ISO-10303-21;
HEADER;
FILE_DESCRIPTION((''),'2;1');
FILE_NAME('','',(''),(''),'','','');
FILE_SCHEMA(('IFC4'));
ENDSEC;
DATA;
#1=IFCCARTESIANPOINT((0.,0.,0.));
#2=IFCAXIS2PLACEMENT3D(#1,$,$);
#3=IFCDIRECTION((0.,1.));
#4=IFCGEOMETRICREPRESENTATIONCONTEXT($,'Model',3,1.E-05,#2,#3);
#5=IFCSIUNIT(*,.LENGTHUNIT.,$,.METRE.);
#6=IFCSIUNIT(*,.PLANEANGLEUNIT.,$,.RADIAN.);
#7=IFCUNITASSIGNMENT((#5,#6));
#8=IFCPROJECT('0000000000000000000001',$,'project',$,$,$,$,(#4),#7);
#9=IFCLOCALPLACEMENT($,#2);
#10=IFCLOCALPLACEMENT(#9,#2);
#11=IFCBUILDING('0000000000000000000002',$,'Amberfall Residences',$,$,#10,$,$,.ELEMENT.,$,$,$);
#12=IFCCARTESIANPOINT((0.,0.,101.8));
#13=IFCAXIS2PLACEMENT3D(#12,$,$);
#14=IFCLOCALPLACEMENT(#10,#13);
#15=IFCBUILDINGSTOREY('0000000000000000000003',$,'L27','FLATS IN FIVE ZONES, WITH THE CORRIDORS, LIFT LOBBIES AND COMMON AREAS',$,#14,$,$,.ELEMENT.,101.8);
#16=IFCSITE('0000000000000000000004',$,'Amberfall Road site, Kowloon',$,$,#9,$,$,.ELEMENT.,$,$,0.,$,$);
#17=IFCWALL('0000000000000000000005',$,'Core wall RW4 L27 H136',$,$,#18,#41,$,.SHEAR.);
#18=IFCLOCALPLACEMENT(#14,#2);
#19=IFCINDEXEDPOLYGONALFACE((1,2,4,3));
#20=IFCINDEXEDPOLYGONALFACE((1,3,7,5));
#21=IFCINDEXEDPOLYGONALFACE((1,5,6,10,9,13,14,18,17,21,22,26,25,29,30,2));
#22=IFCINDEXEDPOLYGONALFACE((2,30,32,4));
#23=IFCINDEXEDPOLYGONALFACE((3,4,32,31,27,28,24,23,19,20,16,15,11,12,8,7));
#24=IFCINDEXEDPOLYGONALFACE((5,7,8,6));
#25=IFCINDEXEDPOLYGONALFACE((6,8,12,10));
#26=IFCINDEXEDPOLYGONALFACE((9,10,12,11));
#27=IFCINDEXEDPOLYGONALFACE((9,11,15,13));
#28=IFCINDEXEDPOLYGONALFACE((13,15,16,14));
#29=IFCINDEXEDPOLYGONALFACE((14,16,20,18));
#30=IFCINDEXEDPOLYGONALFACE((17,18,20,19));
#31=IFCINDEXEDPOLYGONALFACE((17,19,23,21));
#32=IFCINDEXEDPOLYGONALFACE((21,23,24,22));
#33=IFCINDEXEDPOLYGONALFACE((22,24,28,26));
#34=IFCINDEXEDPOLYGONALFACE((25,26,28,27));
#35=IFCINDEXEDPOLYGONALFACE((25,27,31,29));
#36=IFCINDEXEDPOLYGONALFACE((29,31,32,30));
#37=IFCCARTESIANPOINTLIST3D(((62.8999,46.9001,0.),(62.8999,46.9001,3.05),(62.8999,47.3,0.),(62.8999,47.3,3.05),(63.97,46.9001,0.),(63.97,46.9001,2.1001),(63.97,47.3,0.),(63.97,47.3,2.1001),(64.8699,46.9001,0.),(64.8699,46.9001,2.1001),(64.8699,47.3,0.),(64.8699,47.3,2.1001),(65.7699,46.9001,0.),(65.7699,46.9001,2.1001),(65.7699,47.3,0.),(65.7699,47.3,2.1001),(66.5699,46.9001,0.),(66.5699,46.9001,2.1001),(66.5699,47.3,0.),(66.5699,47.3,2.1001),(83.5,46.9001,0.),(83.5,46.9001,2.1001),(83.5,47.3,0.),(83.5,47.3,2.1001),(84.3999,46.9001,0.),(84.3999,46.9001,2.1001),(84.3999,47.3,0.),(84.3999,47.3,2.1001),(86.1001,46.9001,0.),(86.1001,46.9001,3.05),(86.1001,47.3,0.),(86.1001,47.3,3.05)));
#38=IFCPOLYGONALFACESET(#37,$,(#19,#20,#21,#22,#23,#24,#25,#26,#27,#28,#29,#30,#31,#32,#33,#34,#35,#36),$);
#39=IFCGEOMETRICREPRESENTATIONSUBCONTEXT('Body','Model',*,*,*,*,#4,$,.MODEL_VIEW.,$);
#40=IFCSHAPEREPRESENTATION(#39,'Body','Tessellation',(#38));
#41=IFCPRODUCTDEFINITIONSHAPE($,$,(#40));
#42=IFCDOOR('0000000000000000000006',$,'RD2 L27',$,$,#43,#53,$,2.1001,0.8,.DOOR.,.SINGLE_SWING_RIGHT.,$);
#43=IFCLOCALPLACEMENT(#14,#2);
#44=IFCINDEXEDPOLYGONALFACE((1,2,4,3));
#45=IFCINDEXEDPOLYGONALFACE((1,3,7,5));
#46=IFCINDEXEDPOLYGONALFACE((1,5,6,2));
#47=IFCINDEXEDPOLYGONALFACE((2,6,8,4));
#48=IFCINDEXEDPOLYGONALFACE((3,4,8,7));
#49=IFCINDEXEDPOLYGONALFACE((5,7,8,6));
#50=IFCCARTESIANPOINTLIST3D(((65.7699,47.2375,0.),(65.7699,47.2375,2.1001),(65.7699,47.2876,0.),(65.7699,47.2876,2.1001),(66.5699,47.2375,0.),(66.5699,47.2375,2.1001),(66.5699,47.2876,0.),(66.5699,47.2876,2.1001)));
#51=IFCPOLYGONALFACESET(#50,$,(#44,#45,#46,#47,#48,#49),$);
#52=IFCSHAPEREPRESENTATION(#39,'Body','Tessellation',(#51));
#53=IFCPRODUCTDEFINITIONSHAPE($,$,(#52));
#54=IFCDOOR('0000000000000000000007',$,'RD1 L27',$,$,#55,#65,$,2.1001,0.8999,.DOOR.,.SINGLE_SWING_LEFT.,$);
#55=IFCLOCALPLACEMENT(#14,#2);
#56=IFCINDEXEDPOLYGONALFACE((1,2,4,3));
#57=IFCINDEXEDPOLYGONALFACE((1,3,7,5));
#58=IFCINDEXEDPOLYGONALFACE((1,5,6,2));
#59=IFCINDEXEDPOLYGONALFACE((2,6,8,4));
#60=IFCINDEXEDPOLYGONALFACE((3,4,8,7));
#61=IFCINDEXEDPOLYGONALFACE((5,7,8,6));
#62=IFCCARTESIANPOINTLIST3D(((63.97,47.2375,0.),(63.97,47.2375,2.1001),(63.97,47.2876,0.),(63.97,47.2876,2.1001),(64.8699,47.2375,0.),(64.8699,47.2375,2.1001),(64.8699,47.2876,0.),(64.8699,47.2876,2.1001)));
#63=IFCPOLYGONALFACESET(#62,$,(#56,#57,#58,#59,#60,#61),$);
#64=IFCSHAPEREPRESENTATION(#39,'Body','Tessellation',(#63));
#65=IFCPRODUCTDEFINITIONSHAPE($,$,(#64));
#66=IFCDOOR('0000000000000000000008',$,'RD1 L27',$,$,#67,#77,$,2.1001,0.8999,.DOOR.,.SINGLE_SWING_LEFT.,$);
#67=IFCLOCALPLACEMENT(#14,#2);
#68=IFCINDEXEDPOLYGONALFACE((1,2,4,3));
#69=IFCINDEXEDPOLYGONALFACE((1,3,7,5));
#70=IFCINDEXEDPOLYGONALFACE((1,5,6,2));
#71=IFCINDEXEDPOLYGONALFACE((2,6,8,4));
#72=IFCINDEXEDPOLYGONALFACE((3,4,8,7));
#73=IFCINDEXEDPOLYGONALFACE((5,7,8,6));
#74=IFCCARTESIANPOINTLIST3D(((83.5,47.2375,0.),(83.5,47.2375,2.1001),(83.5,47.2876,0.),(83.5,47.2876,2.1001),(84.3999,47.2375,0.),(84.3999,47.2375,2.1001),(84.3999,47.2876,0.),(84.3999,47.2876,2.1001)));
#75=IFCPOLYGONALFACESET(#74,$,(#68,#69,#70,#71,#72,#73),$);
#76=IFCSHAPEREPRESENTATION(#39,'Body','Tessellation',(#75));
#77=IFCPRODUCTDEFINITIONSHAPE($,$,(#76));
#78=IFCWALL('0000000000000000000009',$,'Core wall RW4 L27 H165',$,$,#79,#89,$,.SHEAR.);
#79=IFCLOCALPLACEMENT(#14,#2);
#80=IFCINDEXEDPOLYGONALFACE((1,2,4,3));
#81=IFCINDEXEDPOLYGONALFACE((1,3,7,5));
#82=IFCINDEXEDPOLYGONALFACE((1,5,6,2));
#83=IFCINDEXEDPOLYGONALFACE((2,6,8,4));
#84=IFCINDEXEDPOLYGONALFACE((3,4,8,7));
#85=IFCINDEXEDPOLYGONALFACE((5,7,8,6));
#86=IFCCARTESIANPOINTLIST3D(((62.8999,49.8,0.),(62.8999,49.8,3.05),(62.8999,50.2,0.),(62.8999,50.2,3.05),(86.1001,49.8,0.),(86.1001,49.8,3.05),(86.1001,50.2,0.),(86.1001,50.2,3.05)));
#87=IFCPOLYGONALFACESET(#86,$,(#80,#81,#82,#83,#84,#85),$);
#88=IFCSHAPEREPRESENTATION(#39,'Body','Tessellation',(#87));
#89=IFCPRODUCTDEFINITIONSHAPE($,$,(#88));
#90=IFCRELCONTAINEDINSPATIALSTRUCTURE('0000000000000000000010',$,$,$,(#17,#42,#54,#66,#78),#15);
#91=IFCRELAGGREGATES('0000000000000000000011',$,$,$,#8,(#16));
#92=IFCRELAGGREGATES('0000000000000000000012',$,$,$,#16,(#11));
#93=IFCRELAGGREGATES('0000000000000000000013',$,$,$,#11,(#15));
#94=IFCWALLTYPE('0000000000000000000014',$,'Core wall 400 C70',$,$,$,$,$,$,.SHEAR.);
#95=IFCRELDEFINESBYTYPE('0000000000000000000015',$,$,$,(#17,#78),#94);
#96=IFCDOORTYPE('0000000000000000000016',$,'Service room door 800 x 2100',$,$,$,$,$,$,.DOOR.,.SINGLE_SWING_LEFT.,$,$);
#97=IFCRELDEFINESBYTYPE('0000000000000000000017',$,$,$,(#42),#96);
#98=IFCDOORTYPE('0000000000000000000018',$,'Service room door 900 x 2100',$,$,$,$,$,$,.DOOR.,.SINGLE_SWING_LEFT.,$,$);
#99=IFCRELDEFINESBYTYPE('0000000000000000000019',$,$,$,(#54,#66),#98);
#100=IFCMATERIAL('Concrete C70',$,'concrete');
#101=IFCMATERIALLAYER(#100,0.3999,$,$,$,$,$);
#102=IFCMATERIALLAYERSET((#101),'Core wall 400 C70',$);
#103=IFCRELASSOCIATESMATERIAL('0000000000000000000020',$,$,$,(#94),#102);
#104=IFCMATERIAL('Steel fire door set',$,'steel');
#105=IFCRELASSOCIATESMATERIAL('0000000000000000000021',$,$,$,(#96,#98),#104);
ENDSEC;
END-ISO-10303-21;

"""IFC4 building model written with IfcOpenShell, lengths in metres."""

from ifc_helpers import new_model, si_unit, direction, frame, frame_2d, origin, place, context, subcontext, project, spatial, rectangle, extrude, material, layer, layer_set, type_object, element, fill, save


model = new_model("IFC4")

# Units and contexts
model_context = context("Model", 3, precision=1e-05, world=origin(), true_north=direction((0.0, 1.0)))
body_context = subcontext(model_context, "Body", "Model", "MODEL_VIEW")
ifc_project = project(units=[si_unit("LENGTHUNIT", "METRE"), si_unit("PLANEANGLEUNIT", "RADIAN")], contexts=[model_context])

# Site, building, storey
site_placement = place(None, origin())
site = spatial("IfcSite", under=ifc_project, at=site_placement, Name="Amberfall Road site, Kowloon", CompositionType="ELEMENT", RefElevation=0.0)
building_placement = place(site_placement, origin())
building = spatial("IfcBuilding", under=site, at=building_placement, Name="Amberfall Residences", CompositionType="ELEMENT")
storey_placement = place(building_placement, frame((0.0, 0.0, 101.8)))
storey = spatial("IfcBuildingStorey", under=building, at=storey_placement, Name="L27", Description="FLATS IN FIVE ZONES, WITH THE CORRIDORS, LIFT LOBBIES AND COMMON AREAS", CompositionType="ELEMENT", Elevation=101.8)

# Wall, openings, doors
ifc_material_1 = material(Name="Concrete C70", Category="concrete")
ifc_layer_1 = layer(ifc_material_1, 0.3999)
ifc_layer_set_1 = layer_set([ifc_layer_1], Name="Core wall 400 C70")
wall_type_1 = type_object("IfcWallType", Name="Core wall 400 C70", PredefinedType="SHEAR", material=ifc_layer_set_1)
wall_1_placement = place(storey_placement, frame((62.8999, 47.1001, 0.0), z_axis=(0.0, 0.0, 1.0), x_axis=(1.0, 0.0, 0.0)))
wall_1 = element("IfcWall", 1, at=wall_1_placement, inside=storey, type_object=wall_type_1, Name="Core wall RW4 L27 H136", PredefinedType="SHEAR", context=body_context, shape_type="SweptSolid", body=[
    extrude(rectangle(XDim=23.2002, YDim=0.3999, at=frame_2d((11.6001, 0.0))), origin(), (0.0, 0.0, 1.0), 3.05),
])
opening_1_placement = place(wall_1_placement, frame((1.0701, 0.0, 0.0)))
opening_1 = element("IfcOpeningElement", 2, at=opening_1_placement, cuts=wall_1, PredefinedType="OPENING", context=body_context, shape_type="SweptSolid", body=[
    extrude(rectangle(XDim=0.8999, YDim=2.1001, at=frame_2d((0.45, 1.05))), frame((0.0, 0.21, 0.0), z_axis=(0.0, -1.0, 0.0), x_axis=(1.0, 0.0, 0.0)), (0.0, 0.0, 1.0), 0.4199),
])
opening_2_placement = place(wall_1_placement, frame((2.8701, 0.0, 0.0)))
opening_2 = element("IfcOpeningElement", 3, at=opening_2_placement, cuts=wall_1, PredefinedType="OPENING", context=body_context, shape_type="SweptSolid", body=[
    extrude(rectangle(XDim=0.8, YDim=2.1001, at=frame_2d((0.3999, 1.05))), frame((0.0, 0.21, 0.0), z_axis=(0.0, -1.0, 0.0), x_axis=(1.0, 0.0, 0.0)), (0.0, 0.0, 1.0), 0.4199),
])
opening_3_placement = place(wall_1_placement, frame((20.6001, 0.0, 0.0)))
opening_3 = element("IfcOpeningElement", 4, at=opening_3_placement, cuts=wall_1, PredefinedType="OPENING", context=body_context, shape_type="SweptSolid", body=[
    extrude(rectangle(XDim=0.8999, YDim=2.1001, at=frame_2d((0.45, 1.05))), frame((0.0, 0.21, 0.0), z_axis=(0.0, -1.0, 0.0), x_axis=(1.0, 0.0, 0.0)), (0.0, 0.0, 1.0), 0.4199),
])
ifc_material_2 = material(Name="Steel fire door set", Category="steel")
door_type_1 = type_object("IfcDoorType", Name="Service room door 800 x 2100", OperationType="SINGLE_SWING_LEFT", PredefinedType="DOOR", material=ifc_material_2)
door_1_placement = place(opening_2_placement, origin())
door_1 = element("IfcDoor", 5, at=door_1_placement, inside=storey, type_object=door_type_1, Name="RD2 L27", OperationType="SINGLE_SWING_RIGHT", OverallHeight=2.1001, OverallWidth=0.8, PredefinedType="DOOR", context=body_context, shape_type="SweptSolid", body=[
    extrude(rectangle(XDim=0.8, YDim=2.1001, at=frame_2d((0.3999, 1.05))), frame((0.0, 0.1875, 0.0), z_axis=(0.0, -1.0, 0.0), x_axis=(1.0, 0.0, 0.0)), (0.0, 0.0, 1.0), 0.05),
])
fill(opening_2, door_1)
door_type_2 = type_object("IfcDoorType", Name="Service room door 900 x 2100", OperationType="SINGLE_SWING_LEFT", PredefinedType="DOOR", material=ifc_material_2)
door_2_placement = place(opening_1_placement, origin())
door_2 = element("IfcDoor", 6, at=door_2_placement, inside=storey, type_object=door_type_2, Name="RD1 L27", OperationType="SINGLE_SWING_LEFT", OverallHeight=2.1001, OverallWidth=0.8999, PredefinedType="DOOR", context=body_context, shape_type="SweptSolid", body=[
    extrude(rectangle(XDim=0.8999, YDim=2.1001, at=frame_2d((0.45, 1.05))), frame((0.0, 0.1875, 0.0), z_axis=(0.0, -1.0, 0.0), x_axis=(1.0, 0.0, 0.0)), (0.0, 0.0, 1.0), 0.05),
])
fill(opening_1, door_2)
door_3_placement = place(opening_3_placement, origin())
door_3 = element("IfcDoor", 7, at=door_3_placement, inside=storey, type_object=door_type_2, Name="RD1 L27", OperationType="SINGLE_SWING_LEFT", OverallHeight=2.1001, OverallWidth=0.8999, PredefinedType="DOOR", context=body_context, shape_type="SweptSolid", body=[
    extrude(rectangle(XDim=0.8999, YDim=2.1001, at=frame_2d((0.45, 1.05))), frame((0.0, 0.1875, 0.0), z_axis=(0.0, -1.0, 0.0), x_axis=(1.0, 0.0, 0.0)), (0.0, 0.0, 1.0), 0.05),
])
fill(opening_3, door_3)

# Wall
wall_2_placement = place(storey_placement, frame((62.8999, 50.0, 0.0), z_axis=(0.0, 0.0, 1.0), x_axis=(1.0, 0.0, 0.0)))
element("IfcWall", 8, at=wall_2_placement, inside=storey, type_object=wall_type_1, Name="Core wall RW4 L27 H165", PredefinedType="SHEAR", context=body_context, shape_type="SweptSolid", body=[
    extrude(rectangle(XDim=23.2002, YDim=0.3999, at=frame_2d((11.6001, 0.0))), origin(), (0.0, 0.0, 1.0), 3.05),
])

save(model, "model.ifc")
